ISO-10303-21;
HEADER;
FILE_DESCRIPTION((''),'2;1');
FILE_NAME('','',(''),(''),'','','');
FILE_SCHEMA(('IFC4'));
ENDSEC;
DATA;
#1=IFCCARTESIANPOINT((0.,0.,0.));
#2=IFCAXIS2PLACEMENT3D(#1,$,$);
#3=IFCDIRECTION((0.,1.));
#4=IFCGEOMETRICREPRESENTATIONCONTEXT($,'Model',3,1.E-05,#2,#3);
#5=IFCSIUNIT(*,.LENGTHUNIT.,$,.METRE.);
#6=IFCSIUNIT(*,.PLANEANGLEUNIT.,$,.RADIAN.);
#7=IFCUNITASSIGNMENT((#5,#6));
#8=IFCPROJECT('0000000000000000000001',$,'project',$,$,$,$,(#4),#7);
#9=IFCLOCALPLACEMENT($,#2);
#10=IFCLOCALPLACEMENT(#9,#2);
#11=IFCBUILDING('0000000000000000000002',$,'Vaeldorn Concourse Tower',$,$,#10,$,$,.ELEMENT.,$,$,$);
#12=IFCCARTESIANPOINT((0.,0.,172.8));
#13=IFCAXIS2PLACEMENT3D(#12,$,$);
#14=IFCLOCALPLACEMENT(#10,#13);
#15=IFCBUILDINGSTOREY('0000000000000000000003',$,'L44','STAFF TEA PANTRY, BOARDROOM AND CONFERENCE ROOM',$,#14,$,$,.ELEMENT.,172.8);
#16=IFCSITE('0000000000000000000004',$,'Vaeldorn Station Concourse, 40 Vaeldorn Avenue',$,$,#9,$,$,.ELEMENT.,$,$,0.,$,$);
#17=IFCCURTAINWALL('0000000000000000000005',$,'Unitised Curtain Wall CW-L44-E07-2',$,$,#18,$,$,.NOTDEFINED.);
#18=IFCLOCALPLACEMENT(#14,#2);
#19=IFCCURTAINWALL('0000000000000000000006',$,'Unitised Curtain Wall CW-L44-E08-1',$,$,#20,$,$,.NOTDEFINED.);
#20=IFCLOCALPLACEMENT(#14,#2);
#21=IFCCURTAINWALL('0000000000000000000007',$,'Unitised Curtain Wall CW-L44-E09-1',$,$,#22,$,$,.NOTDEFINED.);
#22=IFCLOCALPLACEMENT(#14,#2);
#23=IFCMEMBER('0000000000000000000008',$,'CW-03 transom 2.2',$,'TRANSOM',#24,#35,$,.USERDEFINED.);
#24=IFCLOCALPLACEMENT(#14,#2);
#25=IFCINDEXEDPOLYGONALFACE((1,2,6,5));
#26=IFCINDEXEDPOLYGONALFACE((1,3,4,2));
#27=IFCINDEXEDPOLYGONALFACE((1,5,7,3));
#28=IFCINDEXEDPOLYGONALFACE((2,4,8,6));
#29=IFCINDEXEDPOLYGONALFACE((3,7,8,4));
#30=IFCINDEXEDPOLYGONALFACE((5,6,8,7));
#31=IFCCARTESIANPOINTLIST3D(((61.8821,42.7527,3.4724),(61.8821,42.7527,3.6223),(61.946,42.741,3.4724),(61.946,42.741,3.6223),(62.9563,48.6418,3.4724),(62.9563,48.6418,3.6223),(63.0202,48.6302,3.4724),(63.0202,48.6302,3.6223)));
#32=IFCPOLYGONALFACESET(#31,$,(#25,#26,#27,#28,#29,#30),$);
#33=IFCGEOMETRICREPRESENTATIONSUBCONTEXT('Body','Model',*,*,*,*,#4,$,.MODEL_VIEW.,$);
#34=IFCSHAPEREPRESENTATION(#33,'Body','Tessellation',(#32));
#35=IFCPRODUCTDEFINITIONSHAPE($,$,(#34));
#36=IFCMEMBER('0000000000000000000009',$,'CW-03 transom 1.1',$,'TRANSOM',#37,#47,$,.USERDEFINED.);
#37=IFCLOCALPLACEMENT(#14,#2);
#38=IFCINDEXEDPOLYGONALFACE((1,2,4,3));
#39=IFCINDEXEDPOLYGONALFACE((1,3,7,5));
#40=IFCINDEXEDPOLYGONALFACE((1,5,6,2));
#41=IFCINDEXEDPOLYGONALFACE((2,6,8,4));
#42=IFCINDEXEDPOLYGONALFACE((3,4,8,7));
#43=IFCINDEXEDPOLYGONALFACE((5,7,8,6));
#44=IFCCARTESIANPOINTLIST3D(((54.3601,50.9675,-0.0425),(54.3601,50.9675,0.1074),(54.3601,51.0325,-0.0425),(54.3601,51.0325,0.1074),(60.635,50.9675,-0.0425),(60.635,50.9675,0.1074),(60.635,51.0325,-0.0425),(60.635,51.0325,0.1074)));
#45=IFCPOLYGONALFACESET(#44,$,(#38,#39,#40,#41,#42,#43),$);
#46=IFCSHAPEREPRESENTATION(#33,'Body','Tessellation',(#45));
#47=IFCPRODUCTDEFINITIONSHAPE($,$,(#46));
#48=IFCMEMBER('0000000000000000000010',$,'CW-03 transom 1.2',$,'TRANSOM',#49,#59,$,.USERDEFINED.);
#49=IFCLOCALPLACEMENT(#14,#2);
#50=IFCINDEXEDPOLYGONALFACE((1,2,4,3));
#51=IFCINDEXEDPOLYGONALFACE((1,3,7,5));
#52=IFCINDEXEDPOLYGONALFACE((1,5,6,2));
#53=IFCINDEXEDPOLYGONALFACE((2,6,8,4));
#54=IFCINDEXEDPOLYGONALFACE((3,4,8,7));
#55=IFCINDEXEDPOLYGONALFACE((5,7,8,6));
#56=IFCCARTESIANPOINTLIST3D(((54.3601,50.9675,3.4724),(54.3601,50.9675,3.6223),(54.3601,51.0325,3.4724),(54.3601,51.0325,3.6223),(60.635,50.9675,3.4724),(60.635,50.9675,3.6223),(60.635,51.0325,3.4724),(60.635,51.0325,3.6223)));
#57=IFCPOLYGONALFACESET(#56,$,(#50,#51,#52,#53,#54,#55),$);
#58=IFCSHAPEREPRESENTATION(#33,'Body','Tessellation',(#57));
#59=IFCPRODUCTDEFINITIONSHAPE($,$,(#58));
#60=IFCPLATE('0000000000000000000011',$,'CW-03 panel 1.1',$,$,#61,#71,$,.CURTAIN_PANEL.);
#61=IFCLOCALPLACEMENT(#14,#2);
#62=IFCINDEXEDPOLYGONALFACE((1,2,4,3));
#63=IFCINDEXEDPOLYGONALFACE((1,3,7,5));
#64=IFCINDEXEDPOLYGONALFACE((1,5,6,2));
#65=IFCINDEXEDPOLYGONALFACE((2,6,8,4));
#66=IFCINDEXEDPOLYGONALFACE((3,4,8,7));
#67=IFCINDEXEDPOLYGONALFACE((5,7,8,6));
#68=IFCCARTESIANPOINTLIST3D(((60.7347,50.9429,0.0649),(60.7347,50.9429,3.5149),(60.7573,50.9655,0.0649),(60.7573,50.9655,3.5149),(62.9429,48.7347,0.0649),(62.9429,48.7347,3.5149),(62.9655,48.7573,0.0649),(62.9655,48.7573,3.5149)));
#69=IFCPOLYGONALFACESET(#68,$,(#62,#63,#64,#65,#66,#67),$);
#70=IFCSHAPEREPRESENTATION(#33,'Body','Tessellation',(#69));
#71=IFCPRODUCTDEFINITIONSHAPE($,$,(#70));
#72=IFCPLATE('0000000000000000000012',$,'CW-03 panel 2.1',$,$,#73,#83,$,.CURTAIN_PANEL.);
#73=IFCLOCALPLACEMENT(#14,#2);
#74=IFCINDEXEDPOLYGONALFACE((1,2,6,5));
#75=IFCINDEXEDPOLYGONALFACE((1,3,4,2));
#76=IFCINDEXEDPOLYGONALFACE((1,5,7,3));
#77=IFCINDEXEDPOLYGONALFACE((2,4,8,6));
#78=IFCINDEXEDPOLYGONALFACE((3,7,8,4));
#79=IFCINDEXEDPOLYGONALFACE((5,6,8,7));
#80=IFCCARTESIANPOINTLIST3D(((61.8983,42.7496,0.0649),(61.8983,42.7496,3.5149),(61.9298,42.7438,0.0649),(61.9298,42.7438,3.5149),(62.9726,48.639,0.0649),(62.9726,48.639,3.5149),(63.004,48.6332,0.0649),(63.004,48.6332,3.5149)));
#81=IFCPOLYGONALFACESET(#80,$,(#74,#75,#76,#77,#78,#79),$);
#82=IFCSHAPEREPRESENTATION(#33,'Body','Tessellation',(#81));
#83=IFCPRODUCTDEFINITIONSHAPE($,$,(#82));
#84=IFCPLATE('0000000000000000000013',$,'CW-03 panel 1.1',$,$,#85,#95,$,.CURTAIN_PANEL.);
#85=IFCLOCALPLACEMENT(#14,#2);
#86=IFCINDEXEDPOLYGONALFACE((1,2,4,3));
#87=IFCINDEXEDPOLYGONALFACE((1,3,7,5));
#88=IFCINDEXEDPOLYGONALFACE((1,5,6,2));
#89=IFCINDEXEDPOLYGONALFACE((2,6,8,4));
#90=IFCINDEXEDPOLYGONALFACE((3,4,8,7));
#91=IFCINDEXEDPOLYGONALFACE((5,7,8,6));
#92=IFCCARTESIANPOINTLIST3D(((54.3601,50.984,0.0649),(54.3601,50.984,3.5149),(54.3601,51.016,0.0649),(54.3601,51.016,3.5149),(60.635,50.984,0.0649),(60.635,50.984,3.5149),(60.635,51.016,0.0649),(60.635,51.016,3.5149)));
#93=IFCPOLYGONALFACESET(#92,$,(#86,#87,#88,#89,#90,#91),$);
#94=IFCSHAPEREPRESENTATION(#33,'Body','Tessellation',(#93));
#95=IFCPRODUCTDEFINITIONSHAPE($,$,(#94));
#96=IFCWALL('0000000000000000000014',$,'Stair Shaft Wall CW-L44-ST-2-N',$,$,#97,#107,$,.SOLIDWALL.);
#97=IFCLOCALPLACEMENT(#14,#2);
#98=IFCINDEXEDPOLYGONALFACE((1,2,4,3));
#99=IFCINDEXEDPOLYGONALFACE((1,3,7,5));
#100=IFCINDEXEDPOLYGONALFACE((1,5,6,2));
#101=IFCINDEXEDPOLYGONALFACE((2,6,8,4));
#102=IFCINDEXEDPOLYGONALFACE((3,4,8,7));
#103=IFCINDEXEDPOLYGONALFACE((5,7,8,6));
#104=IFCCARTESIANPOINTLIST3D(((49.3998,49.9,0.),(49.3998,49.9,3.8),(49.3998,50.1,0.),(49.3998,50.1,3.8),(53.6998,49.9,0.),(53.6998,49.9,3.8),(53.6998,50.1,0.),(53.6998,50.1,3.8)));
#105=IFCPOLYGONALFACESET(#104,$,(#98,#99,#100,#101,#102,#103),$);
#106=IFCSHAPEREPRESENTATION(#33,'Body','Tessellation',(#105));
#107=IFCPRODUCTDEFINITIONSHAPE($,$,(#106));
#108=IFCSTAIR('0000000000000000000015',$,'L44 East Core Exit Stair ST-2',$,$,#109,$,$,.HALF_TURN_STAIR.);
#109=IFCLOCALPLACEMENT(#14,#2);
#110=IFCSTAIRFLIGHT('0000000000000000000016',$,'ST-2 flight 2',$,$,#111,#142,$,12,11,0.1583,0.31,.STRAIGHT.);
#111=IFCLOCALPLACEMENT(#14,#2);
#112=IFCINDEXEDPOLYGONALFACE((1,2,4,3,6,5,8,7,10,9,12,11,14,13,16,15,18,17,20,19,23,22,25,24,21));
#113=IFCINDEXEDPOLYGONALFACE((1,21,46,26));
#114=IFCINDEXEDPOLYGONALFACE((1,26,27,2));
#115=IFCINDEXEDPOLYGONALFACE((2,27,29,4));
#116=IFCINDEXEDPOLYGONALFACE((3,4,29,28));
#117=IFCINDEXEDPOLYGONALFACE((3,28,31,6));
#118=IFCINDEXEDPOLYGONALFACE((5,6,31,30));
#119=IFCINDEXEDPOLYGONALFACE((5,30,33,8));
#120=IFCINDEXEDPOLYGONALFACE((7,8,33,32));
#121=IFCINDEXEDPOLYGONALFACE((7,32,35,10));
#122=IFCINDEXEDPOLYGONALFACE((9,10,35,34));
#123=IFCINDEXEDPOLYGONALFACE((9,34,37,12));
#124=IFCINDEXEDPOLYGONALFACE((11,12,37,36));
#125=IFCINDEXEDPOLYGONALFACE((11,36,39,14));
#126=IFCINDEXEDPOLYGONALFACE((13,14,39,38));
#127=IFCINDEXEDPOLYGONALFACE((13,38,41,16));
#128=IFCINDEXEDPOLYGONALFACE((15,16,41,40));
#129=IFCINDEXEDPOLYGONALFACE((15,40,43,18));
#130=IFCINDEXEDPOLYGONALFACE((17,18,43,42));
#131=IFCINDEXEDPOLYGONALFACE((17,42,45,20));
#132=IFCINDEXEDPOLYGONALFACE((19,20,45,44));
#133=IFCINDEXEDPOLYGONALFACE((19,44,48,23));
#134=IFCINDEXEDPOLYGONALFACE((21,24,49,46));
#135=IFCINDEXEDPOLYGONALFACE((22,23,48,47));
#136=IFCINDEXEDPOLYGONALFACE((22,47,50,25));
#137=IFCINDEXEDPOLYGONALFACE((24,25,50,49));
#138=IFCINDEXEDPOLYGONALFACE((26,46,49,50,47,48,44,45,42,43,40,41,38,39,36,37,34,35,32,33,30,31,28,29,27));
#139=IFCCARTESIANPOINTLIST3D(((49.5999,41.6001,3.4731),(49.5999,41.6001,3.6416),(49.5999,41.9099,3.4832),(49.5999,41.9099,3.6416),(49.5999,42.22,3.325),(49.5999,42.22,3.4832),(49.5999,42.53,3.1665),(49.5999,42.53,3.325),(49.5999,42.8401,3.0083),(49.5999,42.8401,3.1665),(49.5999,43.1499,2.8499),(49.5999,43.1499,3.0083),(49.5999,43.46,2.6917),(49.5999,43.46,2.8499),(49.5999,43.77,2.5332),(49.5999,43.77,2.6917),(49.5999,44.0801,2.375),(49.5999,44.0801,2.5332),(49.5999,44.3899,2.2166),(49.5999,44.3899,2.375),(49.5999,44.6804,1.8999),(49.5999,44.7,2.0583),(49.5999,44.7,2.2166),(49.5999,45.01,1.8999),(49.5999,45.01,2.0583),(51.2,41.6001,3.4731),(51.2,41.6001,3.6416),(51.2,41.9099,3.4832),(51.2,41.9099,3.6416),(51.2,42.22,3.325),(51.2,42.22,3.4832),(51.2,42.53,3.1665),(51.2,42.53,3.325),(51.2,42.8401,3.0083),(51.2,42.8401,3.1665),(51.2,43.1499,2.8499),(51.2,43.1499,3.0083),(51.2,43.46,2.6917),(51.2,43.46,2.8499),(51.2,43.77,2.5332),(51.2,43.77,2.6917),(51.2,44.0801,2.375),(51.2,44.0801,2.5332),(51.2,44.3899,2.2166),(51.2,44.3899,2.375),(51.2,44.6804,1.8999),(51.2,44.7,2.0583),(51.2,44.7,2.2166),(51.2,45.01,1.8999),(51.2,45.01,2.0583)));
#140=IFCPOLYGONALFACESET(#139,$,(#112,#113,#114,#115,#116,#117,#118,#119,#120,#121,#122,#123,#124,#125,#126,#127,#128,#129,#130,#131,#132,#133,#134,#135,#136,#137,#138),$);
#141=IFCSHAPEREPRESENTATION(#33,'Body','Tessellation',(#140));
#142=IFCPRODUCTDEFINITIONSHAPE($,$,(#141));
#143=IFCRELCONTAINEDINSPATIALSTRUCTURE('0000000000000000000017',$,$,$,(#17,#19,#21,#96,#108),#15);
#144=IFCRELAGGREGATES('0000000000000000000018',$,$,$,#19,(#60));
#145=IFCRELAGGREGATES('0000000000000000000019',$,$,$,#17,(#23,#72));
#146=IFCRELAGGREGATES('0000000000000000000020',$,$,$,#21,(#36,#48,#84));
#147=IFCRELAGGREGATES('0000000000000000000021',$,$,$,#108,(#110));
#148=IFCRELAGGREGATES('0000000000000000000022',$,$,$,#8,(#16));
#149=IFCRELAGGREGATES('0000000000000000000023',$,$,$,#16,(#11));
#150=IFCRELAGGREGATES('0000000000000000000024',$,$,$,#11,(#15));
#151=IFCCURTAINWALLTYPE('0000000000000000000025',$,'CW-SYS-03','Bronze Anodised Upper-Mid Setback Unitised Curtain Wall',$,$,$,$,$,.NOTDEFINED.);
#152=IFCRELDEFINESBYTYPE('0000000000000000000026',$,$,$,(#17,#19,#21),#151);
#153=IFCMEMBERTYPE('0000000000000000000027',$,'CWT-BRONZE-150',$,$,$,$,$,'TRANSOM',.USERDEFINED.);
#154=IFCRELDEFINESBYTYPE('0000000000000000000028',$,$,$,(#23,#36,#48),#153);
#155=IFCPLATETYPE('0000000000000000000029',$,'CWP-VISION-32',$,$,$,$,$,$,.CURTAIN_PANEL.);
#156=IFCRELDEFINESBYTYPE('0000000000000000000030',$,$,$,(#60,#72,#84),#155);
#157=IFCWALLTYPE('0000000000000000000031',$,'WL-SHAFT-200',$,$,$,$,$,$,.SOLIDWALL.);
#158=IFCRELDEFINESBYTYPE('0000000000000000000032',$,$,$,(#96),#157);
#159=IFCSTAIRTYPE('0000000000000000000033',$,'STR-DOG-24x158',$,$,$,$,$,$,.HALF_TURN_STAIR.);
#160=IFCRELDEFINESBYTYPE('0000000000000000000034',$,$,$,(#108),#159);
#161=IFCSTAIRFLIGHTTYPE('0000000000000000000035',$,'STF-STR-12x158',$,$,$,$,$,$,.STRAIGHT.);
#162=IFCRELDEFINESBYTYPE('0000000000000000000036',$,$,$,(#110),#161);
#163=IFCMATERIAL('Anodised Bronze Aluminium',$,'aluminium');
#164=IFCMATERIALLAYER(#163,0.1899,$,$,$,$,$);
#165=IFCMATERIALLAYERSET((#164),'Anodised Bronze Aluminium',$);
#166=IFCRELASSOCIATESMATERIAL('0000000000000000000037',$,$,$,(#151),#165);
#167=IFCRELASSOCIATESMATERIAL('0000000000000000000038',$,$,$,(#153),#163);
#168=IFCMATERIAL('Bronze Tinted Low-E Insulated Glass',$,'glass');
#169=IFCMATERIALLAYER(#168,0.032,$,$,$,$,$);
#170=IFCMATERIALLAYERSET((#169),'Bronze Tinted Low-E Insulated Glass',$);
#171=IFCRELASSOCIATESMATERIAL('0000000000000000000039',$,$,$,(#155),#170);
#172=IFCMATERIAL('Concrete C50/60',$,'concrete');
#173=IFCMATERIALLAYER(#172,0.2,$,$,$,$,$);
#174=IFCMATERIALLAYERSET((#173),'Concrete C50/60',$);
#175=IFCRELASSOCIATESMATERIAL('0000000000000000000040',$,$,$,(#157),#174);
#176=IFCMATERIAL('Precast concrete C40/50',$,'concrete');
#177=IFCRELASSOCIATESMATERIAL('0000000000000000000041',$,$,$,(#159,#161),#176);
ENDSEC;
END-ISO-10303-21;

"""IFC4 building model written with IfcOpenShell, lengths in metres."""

from ifc_helpers import new_model, si_unit, direction, frame, frame_2d, origin, origin_2d, place, context, subcontext, project, spatial, polyline, rectangle, outline, extrude, source, transform, mapped, material, layer, layer_set, material_profile, profile_set, type_object, element, aggregate, save


model = new_model("IFC4")

# Units and contexts
model_context = context("Model", 3, precision=1e-05, world=origin(), true_north=direction((0.0, 1.0)))
body_context = subcontext(model_context, "Body", "Model", "MODEL_VIEW")
ifc_project = project(units=[si_unit("LENGTHUNIT", "METRE"), si_unit("PLANEANGLEUNIT", "RADIAN")], contexts=[model_context])

# Site, building, storey
site_placement = place(None, origin())
site = spatial("IfcSite", under=ifc_project, at=site_placement, Name="Vaeldorn Station Concourse, 40 Vaeldorn Avenue", CompositionType="ELEMENT", RefElevation=0.0)
building_placement = place(site_placement, origin())
building = spatial("IfcBuilding", under=site, at=building_placement, Name="Vaeldorn Concourse Tower", CompositionType="ELEMENT")
storey_placement = place(building_placement, frame((0.0, 0.0, 172.8)))
storey = spatial("IfcBuildingStorey", under=building, at=storey_placement, Name="L44", Description="STAFF TEA PANTRY, BOARDROOM AND CONFERENCE ROOM", CompositionType="ELEMENT", Elevation=172.8)

# Curtain wall
ifc_material_1 = material(Name="Anodised Bronze Aluminium", Category="aluminium")
ifc_layer_1 = layer(ifc_material_1, 0.1899)
ifc_layer_set_1 = layer_set([ifc_layer_1], Name="Anodised Bronze Aluminium")
curtain_wall_type = type_object("IfcCurtainWallType", Name="CW-SYS-03", Description="Bronze Anodised Upper-Mid Setback Unitised Curtain Wall", PredefinedType="NOTDEFINED", material=ifc_layer_set_1)
curtain_wall_1_placement = place(storey_placement, origin())
curtain_wall_1 = element("IfcCurtainWall", 1, at=curtain_wall_1_placement, inside=storey, type_object=curtain_wall_type, Name="Unitised Curtain Wall CW-L44-E07-2", PredefinedType="NOTDEFINED")

# Curtain walls
curtain_wall_2_placement = place(storey_placement, origin())
curtain_wall_2 = element("IfcCurtainWall", 2, at=curtain_wall_2_placement, inside=storey, type_object=curtain_wall_type, Name="Unitised Curtain Wall CW-L44-E08-1", PredefinedType="NOTDEFINED")
curtain_wall_3_placement = place(storey_placement, origin())
curtain_wall_3 = element("IfcCurtainWall", 3, at=curtain_wall_3_placement, inside=storey, type_object=curtain_wall_type, Name="Unitised Curtain Wall CW-L44-E09-1", PredefinedType="NOTDEFINED")

# Members
ifc_material_profile_1 = material_profile(ifc_material_1, rectangle(XDim=0.0649, YDim=0.1499, at=origin_2d()), Name="CWT 65x150")
ifc_profile_set_1 = profile_set([ifc_material_profile_1], Name="Anodised Bronze Aluminium")
member_type_1 = type_object("IfcMemberType", Name="CWT-BRONZE-150", ElementType="TRANSOM", PredefinedType="USERDEFINED", material=ifc_profile_set_1)
shared_shape_1 = source(origin(), body_context, "Body", "SweptSolid", [
    extrude(rectangle(XDim=0.0649, YDim=0.1499, at=origin_2d()), origin(), (0.0, 0.0, 1.0), 5.9863),
])
member_1_placement = place(storey_placement, frame((61.9141, 42.7468, 3.5474), z_axis=(0.179445, 0.983768, 0.0), x_axis=(-0.983768, 0.179445, 0.0)))
member_1 = element("IfcMember", 4, at=member_1_placement, type_object=member_type_1, Name="CW-03 transom 2.2", ObjectType="TRANSOM", PredefinedType="USERDEFINED", context=body_context, shape_type="MappedRepresentation", body=[
    mapped(shared_shape_1, transform((0.0, 0.0, 0.0), scale=1.0)),
])
shared_shape_2 = source(origin(), body_context, "Body", "SweptSolid", [
    extrude(rectangle(XDim=0.0649, YDim=0.1499, at=origin_2d()), origin(), (0.0, 0.0, 1.0), 6.2749),
])
member_2_placement = place(storey_placement, frame((60.635, 51.0, 0.0325), z_axis=(-1.0, 0.0, 0.0), x_axis=(0.0, -1.0, 0.0)))
member_2 = element("IfcMember", 5, at=member_2_placement, type_object=member_type_1, Name="CW-03 transom 1.1", ObjectType="TRANSOM", PredefinedType="USERDEFINED", context=body_context, shape_type="MappedRepresentation", body=[
    mapped(shared_shape_2, transform((0.0, 0.0, 0.0), scale=1.0)),
])
member_3_placement = place(storey_placement, frame((60.635, 51.0, 3.5474), z_axis=(-1.0, 0.0, 0.0), x_axis=(0.0, -1.0, 0.0)))
member_3 = element("IfcMember", 6, at=member_3_placement, type_object=member_type_1, Name="CW-03 transom 1.2", ObjectType="TRANSOM", PredefinedType="USERDEFINED", context=body_context, shape_type="MappedRepresentation", body=[
    mapped(shared_shape_2, transform((0.0, 0.0, 0.0), scale=1.0)),
])

# Plates
ifc_material_2 = material(Name="Bronze Tinted Low-E Insulated Glass", Category="glass")
ifc_layer_2 = layer(ifc_material_2, 0.032)
ifc_layer_set_2 = layer_set([ifc_layer_2], Name="Bronze Tinted Low-E Insulated Glass")
plate_type = type_object("IfcPlateType", Name="CWP-VISION-32", PredefinedType="CURTAIN_PANEL", material=ifc_layer_set_2)
shared_shape_3 = source(origin(), body_context, "Body", "SweptSolid", [
    extrude(rectangle(XDim=3.1228, YDim=0.032, at=origin_2d()), origin(), (0.0, 0.0, 1.0), 3.45),
])
plate_1_placement = place(storey_placement, frame((61.8501, 49.8501, 0.0649), z_axis=(0.0, 0.0, 1.0), x_axis=(-0.707107, 0.707107, 0.0)))
plate_1 = element("IfcPlate", 7, at=plate_1_placement, type_object=plate_type, Name="CW-03 panel 1.1", PredefinedType="CURTAIN_PANEL", context=body_context, shape_type="MappedRepresentation", body=[
    mapped(shared_shape_3, transform((0.0, 0.0, 0.0), scale=1.0)),
])
aggregate(curtain_wall_2, [plate_1])
shared_shape_4 = source(origin(), body_context, "Body", "SweptSolid", [
    extrude(rectangle(XDim=5.9866, YDim=0.032, at=origin_2d()), origin(), (0.0, 0.0, 1.0), 3.45),
])
plate_2_placement = place(storey_placement, frame((62.4512, 45.6914, 0.0649), z_axis=(0.0, 0.0, 1.0), x_axis=(0.179447, 0.983768, 0.0)))
plate_2 = element("IfcPlate", 8, at=plate_2_placement, type_object=plate_type, Name="CW-03 panel 2.1", PredefinedType="CURTAIN_PANEL", context=body_context, shape_type="MappedRepresentation", body=[
    mapped(shared_shape_4, transform((0.0, 0.0, 0.0), scale=1.0)),
])
aggregate(curtain_wall_1, [member_1, plate_2])
shared_shape_5 = source(origin(), body_context, "Body", "SweptSolid", [
    extrude(rectangle(XDim=6.2749, YDim=0.032, at=origin_2d()), origin(), (0.0, 0.0, 1.0), 3.45),
])
plate_3_placement = place(storey_placement, frame((57.4976, 51.0, 0.0649), z_axis=(0.0, 0.0, 1.0), x_axis=(-1.0, 0.0, 0.0)))
plate_3 = element("IfcPlate", 9, at=plate_3_placement, type_object=plate_type, Name="CW-03 panel 1.1", PredefinedType="CURTAIN_PANEL", context=body_context, shape_type="MappedRepresentation", body=[
    mapped(shared_shape_5, transform((0.0, 0.0, 0.0), scale=1.0)),
])
aggregate(curtain_wall_3, [member_2, member_3, plate_3])

# Wall
ifc_material_3 = material(Name="Concrete C50/60", Category="concrete")
ifc_layer_3 = layer(ifc_material_3, 0.2)
ifc_layer_set_3 = layer_set([ifc_layer_3], Name="Concrete C50/60")
wall_type = type_object("IfcWallType", Name="WL-SHAFT-200", PredefinedType="SOLIDWALL", material=ifc_layer_set_3)
wall_placement = place(storey_placement, frame((49.3999, 50.0, 0.0), z_axis=(0.0, 0.0, 1.0), x_axis=(1.0, 0.0, 0.0)))
element("IfcWall", 10, at=wall_placement, inside=storey, type_object=wall_type, Name="Stair Shaft Wall CW-L44-ST-2-N", PredefinedType="SOLIDWALL", context=body_context, shape_type="SweptSolid", body=[
    extrude(rectangle(XDim=4.3, YDim=0.2, at=frame_2d((2.1499, 0.0))), origin(), (0.0, 0.0, 1.0), 3.8),
])

# Stair, stair flight
ifc_material_4 = material(Name="Precast concrete C40/50", Category="concrete")
stair_type = type_object("IfcStairType", Name="STR-DOG-24x158", PredefinedType="HALF_TURN_STAIR", material=ifc_material_4)
stair_placement = place(storey_placement, origin())
stair = element("IfcStair", 11, at=stair_placement, inside=storey, type_object=stair_type, Name="L44 East Core Exit Stair ST-2", PredefinedType="HALF_TURN_STAIR")
stair_flight_type = type_object("IfcStairFlightType", Name="STF-STR-12x158", PredefinedType="STRAIGHT", material=ifc_material_4)
stair_flight_placement = place(storey_placement, frame((50.3999, 45.01, 1.8999), z_axis=(0.0, 0.0, 1.0), x_axis=(0.0, -1.0, 0.0)))
stair_flight = element("IfcStairFlight", 12, at=stair_flight_placement, type_object=stair_flight_type, Name="ST-2 flight 2", NumberOfRisers=12, NumberOfTreads=11, PredefinedType="STRAIGHT", RiserHeight=0.1583, TreadLength=0.31, context=body_context, shape_type="SweptSolid", body=[
    extrude(outline(polyline([(0.0, 0.0), (0.0, 0.1584), (0.3101, 0.1584), (0.3101, 0.3167), (0.6201, 0.3167), (0.6201, 0.4751), (0.9299, 0.4751), (0.9299, 0.6333), (1.24, 0.6333), (1.24, 0.7917), (1.55, 0.7917), (1.55, 0.95), (1.8601, 0.95), (1.8601, 1.1084), (2.1699, 1.1084), (2.1699, 1.2666), (2.48, 1.2666), (2.48, 1.425), (2.79, 1.425), (2.79, 1.5833), (3.1001, 1.5833), (3.1001, 1.7417), (3.4099, 1.7417), (3.4099, 1.8999), (3.4099, 1.5732), (0.3296, 0.0), (0.0, 0.0)])), frame((0.0, 0.8, 0.0), z_axis=(0.0, -1.0, 0.0), x_axis=(1.0, 0.0, 0.0)), (0.0, 0.0, 1.0), 1.6001),
])
aggregate(stair, [stair_flight])

save(model, "model.ifc")
